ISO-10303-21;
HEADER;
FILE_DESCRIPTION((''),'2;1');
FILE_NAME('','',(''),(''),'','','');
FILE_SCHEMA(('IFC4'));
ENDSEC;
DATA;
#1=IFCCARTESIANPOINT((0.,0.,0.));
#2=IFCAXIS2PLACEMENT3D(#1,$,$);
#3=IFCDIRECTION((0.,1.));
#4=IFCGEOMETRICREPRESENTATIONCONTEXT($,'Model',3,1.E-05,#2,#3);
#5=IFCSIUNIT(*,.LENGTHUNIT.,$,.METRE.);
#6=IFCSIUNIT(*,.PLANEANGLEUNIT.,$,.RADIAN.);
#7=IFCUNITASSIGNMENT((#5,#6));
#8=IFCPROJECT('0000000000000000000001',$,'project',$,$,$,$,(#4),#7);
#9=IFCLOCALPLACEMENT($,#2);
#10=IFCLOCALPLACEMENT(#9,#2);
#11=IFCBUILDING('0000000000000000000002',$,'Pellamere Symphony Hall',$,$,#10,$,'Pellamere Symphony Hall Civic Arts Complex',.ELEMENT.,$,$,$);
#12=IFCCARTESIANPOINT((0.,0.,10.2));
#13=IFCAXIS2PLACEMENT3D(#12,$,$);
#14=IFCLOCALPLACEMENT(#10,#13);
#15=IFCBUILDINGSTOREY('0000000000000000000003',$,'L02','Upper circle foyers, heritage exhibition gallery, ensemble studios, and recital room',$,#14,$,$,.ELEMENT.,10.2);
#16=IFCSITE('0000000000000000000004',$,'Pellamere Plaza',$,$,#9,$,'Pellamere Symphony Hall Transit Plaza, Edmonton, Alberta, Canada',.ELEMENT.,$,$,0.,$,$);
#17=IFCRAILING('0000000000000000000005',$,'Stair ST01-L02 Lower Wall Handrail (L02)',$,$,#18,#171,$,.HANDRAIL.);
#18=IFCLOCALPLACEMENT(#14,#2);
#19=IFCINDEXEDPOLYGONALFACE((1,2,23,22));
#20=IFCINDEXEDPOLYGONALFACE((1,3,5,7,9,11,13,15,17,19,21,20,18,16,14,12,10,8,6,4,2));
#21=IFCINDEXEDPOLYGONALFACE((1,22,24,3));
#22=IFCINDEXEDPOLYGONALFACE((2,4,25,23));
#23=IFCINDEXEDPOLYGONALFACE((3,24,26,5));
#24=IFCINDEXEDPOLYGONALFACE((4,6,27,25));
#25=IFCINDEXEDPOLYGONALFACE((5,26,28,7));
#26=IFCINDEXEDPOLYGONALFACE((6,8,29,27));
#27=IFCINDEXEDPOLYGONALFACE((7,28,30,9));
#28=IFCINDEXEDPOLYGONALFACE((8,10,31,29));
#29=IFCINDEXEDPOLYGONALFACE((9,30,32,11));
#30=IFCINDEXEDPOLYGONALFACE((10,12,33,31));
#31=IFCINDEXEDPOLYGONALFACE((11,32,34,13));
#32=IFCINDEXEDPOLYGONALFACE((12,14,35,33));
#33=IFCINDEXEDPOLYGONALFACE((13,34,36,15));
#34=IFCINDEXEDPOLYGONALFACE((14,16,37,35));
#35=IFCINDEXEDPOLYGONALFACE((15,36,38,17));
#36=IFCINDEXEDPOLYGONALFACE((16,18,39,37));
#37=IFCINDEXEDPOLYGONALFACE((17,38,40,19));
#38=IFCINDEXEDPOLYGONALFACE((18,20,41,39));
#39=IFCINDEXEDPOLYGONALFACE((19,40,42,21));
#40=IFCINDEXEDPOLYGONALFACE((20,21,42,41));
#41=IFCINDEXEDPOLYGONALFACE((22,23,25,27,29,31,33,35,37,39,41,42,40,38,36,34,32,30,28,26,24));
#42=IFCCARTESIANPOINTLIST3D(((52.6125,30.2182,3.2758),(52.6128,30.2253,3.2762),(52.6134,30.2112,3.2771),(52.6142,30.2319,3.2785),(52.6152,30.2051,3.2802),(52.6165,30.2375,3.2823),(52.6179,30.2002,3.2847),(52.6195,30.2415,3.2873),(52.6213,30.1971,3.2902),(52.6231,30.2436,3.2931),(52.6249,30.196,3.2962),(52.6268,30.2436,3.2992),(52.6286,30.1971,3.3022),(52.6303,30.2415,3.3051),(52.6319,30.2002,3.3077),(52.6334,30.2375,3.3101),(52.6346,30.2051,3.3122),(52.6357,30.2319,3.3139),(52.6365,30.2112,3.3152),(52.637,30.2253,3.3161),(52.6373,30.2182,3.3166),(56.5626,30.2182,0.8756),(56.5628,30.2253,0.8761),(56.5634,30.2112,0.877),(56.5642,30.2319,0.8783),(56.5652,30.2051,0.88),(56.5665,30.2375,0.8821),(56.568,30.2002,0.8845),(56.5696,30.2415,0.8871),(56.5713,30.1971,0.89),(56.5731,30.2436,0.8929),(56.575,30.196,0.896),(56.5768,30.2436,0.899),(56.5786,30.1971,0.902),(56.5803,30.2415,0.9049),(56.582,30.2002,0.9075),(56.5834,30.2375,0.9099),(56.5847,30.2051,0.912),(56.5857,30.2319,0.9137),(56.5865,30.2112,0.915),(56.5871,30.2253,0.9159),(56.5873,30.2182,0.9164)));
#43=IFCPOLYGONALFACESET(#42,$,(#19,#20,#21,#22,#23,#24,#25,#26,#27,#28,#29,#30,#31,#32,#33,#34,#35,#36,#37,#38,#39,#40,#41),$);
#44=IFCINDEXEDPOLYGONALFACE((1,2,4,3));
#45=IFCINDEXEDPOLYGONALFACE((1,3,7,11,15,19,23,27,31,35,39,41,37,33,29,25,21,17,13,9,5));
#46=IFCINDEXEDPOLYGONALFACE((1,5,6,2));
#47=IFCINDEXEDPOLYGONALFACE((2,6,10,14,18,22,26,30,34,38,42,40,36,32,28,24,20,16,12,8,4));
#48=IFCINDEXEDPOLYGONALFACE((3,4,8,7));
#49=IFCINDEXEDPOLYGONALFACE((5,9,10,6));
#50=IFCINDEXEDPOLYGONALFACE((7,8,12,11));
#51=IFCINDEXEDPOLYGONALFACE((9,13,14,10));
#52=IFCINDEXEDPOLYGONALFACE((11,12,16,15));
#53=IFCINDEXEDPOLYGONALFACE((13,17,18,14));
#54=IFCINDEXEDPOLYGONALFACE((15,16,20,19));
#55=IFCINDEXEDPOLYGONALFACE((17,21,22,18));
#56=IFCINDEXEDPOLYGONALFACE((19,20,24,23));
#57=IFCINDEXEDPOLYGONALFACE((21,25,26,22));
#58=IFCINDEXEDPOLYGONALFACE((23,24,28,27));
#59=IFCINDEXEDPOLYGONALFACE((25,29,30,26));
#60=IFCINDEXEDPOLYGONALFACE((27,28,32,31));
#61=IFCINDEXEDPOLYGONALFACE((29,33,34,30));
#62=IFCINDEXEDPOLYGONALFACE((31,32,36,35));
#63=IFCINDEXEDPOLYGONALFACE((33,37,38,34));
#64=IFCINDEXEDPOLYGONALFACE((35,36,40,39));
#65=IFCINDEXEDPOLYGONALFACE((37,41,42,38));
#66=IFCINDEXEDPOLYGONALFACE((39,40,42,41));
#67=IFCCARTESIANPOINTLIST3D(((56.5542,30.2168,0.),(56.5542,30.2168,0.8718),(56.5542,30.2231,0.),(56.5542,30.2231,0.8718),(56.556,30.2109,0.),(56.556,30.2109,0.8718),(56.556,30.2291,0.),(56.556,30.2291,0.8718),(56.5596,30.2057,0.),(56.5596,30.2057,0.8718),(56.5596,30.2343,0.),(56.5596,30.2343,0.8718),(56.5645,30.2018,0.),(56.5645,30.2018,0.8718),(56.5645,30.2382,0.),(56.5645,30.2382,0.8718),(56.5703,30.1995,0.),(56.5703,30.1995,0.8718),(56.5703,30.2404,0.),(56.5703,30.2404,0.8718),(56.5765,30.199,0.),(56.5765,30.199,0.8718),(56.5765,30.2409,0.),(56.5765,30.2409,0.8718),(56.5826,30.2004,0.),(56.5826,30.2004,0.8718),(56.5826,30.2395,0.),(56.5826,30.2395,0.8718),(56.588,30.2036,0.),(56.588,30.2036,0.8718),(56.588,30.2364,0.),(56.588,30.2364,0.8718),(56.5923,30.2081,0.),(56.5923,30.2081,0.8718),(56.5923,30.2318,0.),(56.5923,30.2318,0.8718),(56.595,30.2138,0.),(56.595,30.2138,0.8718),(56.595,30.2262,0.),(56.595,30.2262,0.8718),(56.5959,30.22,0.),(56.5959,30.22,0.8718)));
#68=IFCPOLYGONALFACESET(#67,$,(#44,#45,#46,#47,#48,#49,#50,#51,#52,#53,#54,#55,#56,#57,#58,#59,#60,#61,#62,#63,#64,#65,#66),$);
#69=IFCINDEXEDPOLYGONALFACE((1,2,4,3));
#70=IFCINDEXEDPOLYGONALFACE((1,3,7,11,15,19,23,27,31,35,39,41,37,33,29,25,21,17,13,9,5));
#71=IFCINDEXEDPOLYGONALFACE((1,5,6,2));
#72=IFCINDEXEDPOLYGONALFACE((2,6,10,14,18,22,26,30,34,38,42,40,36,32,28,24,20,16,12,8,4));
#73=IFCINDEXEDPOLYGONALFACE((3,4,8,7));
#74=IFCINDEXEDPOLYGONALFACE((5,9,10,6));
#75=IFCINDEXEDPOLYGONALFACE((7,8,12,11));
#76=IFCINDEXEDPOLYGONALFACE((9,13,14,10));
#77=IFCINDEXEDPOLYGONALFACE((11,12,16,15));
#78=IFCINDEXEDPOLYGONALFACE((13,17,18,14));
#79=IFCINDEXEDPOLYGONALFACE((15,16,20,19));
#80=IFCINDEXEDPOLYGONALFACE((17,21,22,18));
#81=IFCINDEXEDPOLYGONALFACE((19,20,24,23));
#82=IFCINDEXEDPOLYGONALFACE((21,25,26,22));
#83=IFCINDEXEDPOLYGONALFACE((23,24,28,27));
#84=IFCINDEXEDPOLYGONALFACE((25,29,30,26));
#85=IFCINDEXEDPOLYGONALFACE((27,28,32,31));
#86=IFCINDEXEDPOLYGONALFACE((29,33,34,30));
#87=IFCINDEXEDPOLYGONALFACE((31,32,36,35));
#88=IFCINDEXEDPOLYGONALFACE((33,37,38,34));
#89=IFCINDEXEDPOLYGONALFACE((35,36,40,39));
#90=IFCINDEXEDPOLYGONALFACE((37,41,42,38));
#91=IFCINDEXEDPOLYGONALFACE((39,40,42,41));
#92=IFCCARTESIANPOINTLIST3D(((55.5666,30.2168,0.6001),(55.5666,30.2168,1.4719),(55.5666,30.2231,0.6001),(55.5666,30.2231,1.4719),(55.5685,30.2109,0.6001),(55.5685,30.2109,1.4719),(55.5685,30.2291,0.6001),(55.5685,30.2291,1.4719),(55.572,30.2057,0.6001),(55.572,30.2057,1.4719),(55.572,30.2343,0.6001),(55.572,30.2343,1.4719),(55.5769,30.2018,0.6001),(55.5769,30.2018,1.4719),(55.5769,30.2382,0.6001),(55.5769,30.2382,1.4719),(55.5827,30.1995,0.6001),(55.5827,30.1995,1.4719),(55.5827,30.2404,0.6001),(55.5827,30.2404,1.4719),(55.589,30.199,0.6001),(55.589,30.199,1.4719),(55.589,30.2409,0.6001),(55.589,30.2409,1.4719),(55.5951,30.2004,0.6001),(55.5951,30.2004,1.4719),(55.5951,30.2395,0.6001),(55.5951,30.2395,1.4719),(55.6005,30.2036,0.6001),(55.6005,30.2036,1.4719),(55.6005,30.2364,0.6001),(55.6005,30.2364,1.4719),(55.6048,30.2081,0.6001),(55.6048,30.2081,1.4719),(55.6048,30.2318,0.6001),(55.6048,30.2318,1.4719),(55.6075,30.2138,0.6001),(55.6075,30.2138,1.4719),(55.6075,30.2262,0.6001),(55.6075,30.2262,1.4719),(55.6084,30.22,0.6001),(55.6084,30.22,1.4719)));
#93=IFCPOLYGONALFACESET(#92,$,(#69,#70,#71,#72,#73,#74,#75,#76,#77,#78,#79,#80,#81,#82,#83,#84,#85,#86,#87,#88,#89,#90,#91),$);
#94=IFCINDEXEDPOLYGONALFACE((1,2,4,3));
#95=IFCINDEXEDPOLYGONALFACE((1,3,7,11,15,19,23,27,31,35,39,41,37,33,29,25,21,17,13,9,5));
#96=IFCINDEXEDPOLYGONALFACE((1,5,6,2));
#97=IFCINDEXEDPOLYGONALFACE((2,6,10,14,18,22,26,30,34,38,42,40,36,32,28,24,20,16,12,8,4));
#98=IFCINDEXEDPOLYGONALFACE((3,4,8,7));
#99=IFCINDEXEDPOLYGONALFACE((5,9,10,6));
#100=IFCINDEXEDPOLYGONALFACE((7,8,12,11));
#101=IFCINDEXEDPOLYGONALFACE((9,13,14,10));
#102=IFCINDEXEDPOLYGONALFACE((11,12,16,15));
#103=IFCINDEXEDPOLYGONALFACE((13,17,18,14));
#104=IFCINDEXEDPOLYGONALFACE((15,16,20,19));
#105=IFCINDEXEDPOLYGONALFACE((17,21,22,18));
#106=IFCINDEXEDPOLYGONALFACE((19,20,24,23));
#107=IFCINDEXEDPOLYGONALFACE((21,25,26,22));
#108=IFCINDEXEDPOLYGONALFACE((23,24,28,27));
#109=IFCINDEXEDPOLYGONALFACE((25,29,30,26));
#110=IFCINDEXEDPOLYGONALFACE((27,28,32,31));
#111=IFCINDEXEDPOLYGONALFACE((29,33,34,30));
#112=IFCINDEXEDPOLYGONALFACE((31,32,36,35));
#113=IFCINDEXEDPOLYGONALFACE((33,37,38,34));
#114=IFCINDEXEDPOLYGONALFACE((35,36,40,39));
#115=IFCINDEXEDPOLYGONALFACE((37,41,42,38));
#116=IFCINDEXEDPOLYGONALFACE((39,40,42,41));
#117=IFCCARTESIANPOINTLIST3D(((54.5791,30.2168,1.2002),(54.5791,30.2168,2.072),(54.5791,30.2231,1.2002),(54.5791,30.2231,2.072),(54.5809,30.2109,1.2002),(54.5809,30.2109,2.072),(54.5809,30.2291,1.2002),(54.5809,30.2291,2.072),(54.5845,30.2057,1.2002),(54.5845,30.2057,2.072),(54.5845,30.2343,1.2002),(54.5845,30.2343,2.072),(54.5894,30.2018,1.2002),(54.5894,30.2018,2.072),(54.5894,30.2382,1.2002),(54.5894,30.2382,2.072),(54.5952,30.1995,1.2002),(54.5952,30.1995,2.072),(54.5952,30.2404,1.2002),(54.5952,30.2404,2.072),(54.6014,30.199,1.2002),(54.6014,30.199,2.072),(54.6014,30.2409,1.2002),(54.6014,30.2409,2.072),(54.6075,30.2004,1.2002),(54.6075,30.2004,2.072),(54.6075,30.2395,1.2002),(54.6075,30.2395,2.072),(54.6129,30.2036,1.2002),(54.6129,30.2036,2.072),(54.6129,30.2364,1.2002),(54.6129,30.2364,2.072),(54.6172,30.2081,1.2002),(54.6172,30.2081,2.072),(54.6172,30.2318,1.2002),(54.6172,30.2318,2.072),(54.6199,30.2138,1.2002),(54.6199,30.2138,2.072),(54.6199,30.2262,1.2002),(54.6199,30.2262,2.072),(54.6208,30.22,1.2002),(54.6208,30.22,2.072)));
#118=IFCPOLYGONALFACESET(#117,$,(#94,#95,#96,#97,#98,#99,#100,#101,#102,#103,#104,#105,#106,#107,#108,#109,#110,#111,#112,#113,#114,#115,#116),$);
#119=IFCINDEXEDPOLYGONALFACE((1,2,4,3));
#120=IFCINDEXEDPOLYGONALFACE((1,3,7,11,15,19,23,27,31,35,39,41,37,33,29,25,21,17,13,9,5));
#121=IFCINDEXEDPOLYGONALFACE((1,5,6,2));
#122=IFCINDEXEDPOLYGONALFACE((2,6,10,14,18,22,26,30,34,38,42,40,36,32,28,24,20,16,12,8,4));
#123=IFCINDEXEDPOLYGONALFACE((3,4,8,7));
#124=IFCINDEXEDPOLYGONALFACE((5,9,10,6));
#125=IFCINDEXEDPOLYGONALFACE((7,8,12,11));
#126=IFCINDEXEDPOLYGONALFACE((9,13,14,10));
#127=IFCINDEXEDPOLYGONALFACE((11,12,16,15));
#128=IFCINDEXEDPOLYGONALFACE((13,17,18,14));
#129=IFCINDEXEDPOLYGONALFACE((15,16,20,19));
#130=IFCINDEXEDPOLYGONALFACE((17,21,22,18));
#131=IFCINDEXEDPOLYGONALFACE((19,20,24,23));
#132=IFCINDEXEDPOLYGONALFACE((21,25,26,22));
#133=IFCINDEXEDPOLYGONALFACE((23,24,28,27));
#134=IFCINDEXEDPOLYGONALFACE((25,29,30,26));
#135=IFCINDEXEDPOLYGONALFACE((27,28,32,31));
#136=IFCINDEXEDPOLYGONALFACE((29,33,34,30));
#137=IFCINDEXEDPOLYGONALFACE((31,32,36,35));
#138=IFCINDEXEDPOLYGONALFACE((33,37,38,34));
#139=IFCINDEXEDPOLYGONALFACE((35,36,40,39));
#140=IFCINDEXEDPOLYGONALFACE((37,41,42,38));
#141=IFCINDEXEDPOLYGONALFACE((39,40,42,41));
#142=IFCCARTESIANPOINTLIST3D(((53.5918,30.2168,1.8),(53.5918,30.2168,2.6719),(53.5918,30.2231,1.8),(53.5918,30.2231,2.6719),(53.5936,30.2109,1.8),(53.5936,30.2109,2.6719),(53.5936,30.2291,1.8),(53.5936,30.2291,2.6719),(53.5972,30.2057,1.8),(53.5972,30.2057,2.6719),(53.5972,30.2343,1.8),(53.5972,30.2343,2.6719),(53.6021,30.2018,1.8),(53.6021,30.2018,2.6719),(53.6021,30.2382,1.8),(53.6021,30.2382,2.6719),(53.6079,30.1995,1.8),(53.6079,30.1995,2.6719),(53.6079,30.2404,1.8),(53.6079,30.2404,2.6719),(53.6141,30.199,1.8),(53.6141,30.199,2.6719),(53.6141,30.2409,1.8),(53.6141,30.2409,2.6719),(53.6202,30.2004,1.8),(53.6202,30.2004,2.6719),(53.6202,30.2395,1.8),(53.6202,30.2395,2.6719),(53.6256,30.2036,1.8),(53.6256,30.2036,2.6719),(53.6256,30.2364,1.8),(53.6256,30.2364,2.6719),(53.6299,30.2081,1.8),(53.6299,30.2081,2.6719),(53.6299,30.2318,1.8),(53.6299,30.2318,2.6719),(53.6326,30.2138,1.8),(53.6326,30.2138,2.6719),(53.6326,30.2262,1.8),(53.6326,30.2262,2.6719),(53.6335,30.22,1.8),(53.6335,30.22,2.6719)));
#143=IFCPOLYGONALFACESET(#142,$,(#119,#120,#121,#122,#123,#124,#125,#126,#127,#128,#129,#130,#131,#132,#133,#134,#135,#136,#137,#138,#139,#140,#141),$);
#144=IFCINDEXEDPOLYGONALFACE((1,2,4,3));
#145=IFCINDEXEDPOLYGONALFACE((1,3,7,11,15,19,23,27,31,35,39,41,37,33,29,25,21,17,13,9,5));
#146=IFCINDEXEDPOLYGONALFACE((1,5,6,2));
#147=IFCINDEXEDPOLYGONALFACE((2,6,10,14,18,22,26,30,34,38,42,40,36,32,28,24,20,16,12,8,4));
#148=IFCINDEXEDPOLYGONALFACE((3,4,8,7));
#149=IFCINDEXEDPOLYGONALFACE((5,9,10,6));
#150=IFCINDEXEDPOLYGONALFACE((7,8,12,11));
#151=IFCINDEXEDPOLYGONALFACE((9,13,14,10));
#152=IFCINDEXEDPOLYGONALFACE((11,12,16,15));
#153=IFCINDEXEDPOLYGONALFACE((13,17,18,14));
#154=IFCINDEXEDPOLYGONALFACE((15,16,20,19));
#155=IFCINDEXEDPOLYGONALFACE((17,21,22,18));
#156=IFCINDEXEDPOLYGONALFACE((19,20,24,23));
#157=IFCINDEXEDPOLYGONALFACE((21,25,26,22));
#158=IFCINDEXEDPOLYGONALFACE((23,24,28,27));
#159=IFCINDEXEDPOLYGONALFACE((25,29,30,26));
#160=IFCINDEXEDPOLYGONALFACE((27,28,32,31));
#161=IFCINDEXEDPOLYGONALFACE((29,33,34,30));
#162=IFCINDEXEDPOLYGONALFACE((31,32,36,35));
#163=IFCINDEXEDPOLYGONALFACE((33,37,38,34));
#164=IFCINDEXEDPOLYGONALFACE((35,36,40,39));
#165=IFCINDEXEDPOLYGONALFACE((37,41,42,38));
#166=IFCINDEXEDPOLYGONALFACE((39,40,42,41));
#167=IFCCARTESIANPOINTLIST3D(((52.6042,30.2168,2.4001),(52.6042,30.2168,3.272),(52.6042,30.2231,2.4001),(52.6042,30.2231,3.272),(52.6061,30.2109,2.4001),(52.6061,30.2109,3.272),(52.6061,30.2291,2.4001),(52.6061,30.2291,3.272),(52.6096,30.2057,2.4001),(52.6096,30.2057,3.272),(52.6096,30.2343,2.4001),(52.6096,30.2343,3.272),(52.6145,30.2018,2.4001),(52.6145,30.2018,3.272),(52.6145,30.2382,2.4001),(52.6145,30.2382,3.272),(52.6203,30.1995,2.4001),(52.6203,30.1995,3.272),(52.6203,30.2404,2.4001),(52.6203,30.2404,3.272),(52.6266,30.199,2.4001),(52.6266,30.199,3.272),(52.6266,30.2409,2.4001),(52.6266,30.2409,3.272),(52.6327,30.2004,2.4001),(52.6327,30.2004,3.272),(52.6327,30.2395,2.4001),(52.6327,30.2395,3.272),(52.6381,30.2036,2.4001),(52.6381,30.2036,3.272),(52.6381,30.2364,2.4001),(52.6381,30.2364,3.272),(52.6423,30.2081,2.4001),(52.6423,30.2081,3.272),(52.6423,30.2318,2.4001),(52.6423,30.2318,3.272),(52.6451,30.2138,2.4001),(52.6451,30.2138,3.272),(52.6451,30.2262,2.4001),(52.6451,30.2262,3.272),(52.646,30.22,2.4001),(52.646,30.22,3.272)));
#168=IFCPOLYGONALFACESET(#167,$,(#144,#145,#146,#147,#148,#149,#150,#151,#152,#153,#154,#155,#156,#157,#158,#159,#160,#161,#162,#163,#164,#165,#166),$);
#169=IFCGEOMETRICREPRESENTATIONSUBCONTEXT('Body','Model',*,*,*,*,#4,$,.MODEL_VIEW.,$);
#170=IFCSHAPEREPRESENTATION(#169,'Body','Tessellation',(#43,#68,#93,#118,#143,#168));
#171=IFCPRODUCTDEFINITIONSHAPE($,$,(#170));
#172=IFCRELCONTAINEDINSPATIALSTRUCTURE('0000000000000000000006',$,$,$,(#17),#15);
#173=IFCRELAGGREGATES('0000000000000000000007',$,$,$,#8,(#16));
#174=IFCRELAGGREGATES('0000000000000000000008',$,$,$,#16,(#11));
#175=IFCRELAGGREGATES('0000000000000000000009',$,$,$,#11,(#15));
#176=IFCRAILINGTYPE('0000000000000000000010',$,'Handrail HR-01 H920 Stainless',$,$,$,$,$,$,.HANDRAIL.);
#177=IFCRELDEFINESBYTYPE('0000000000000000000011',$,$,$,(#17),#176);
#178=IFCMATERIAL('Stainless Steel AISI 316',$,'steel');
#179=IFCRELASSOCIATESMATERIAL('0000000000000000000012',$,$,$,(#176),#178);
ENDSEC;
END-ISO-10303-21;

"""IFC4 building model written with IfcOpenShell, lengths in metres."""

from ifc_helpers import new_model, si_unit, direction, frame, origin, origin_2d, place, context, subcontext, project, spatial, circle, extrude, material, type_object, element, save


model = new_model("IFC4")

# Units and contexts
model_context = context("Model", 3, precision=1e-05, world=origin(), true_north=direction((0.0, 1.0)))
body_context = subcontext(model_context, "Body", "Model", "MODEL_VIEW")
ifc_project = project(units=[si_unit("LENGTHUNIT", "METRE"), si_unit("PLANEANGLEUNIT", "RADIAN")], contexts=[model_context])

# Site, building, storey
site_placement = place(None, origin())
site = spatial("IfcSite", under=ifc_project, at=site_placement, Name="Pellamere Plaza", LongName="Pellamere Symphony Hall Transit Plaza, Edmonton, Alberta, Canada", CompositionType="ELEMENT", RefElevation=0.0)
building_placement = place(site_placement, origin())
building = spatial("IfcBuilding", under=site, at=building_placement, Name="Pellamere Symphony Hall", LongName="Pellamere Symphony Hall Civic Arts Complex", CompositionType="ELEMENT")
storey_placement = place(building_placement, frame((0.0, 0.0, 10.2)))
storey = spatial("IfcBuildingStorey", under=building, at=storey_placement, Name="L02", Description="Upper circle foyers, heritage exhibition gallery, ensemble studios, and recital room", CompositionType="ELEMENT", Elevation=10.2)

# Railing
ifc_material_1 = material(Name="Stainless Steel AISI 316", Category="steel")
railing_type_1 = type_object("IfcRailingType", Name="Handrail HR-01 H920 Stainless", PredefinedType="HANDRAIL", material=ifc_material_1)
railing_1_placement = place(storey_placement, frame((56.575, 30.22, 0.0)))
element("IfcRailing", 1, at=railing_1_placement, inside=storey, type_object=railing_type_1, Name="Stair ST01-L02 Lower Wall Handrail (L02)", PredefinedType="HANDRAIL", context=body_context, shape_type="SweptSolid", body=[
    extrude(circle(Radius=0.0239, at=origin_2d()), frame((0.0, 0.0, 0.896), z_axis=(-0.854599, 0.0, 0.519288), x_axis=(0.0, -1.0, 0.0)), (0.0, 0.0, 1.0), 4.6221),
    extrude(circle(Radius=0.021, at=origin_2d()), origin(), (0.0, 0.0, 1.0), 0.8718),
    extrude(circle(Radius=0.021, at=origin_2d()), frame((-0.9875, 0.0, 0.6001)), (0.0, 0.0, 1.0), 0.8718),
    extrude(circle(Radius=0.021, at=origin_2d()), frame((-1.9751, 0.0, 1.2002)), (0.0, 0.0, 1.0), 0.8718),
    extrude(circle(Radius=0.021, at=origin_2d()), frame((-2.9624, 0.0, 1.8)), (0.0, 0.0, 1.0), 0.8718),
    extrude(circle(Radius=0.021, at=origin_2d()), frame((-3.95, 0.0, 2.4001)), (0.0, 0.0, 1.0), 0.8718),
])

save(model, "model.ifc")
